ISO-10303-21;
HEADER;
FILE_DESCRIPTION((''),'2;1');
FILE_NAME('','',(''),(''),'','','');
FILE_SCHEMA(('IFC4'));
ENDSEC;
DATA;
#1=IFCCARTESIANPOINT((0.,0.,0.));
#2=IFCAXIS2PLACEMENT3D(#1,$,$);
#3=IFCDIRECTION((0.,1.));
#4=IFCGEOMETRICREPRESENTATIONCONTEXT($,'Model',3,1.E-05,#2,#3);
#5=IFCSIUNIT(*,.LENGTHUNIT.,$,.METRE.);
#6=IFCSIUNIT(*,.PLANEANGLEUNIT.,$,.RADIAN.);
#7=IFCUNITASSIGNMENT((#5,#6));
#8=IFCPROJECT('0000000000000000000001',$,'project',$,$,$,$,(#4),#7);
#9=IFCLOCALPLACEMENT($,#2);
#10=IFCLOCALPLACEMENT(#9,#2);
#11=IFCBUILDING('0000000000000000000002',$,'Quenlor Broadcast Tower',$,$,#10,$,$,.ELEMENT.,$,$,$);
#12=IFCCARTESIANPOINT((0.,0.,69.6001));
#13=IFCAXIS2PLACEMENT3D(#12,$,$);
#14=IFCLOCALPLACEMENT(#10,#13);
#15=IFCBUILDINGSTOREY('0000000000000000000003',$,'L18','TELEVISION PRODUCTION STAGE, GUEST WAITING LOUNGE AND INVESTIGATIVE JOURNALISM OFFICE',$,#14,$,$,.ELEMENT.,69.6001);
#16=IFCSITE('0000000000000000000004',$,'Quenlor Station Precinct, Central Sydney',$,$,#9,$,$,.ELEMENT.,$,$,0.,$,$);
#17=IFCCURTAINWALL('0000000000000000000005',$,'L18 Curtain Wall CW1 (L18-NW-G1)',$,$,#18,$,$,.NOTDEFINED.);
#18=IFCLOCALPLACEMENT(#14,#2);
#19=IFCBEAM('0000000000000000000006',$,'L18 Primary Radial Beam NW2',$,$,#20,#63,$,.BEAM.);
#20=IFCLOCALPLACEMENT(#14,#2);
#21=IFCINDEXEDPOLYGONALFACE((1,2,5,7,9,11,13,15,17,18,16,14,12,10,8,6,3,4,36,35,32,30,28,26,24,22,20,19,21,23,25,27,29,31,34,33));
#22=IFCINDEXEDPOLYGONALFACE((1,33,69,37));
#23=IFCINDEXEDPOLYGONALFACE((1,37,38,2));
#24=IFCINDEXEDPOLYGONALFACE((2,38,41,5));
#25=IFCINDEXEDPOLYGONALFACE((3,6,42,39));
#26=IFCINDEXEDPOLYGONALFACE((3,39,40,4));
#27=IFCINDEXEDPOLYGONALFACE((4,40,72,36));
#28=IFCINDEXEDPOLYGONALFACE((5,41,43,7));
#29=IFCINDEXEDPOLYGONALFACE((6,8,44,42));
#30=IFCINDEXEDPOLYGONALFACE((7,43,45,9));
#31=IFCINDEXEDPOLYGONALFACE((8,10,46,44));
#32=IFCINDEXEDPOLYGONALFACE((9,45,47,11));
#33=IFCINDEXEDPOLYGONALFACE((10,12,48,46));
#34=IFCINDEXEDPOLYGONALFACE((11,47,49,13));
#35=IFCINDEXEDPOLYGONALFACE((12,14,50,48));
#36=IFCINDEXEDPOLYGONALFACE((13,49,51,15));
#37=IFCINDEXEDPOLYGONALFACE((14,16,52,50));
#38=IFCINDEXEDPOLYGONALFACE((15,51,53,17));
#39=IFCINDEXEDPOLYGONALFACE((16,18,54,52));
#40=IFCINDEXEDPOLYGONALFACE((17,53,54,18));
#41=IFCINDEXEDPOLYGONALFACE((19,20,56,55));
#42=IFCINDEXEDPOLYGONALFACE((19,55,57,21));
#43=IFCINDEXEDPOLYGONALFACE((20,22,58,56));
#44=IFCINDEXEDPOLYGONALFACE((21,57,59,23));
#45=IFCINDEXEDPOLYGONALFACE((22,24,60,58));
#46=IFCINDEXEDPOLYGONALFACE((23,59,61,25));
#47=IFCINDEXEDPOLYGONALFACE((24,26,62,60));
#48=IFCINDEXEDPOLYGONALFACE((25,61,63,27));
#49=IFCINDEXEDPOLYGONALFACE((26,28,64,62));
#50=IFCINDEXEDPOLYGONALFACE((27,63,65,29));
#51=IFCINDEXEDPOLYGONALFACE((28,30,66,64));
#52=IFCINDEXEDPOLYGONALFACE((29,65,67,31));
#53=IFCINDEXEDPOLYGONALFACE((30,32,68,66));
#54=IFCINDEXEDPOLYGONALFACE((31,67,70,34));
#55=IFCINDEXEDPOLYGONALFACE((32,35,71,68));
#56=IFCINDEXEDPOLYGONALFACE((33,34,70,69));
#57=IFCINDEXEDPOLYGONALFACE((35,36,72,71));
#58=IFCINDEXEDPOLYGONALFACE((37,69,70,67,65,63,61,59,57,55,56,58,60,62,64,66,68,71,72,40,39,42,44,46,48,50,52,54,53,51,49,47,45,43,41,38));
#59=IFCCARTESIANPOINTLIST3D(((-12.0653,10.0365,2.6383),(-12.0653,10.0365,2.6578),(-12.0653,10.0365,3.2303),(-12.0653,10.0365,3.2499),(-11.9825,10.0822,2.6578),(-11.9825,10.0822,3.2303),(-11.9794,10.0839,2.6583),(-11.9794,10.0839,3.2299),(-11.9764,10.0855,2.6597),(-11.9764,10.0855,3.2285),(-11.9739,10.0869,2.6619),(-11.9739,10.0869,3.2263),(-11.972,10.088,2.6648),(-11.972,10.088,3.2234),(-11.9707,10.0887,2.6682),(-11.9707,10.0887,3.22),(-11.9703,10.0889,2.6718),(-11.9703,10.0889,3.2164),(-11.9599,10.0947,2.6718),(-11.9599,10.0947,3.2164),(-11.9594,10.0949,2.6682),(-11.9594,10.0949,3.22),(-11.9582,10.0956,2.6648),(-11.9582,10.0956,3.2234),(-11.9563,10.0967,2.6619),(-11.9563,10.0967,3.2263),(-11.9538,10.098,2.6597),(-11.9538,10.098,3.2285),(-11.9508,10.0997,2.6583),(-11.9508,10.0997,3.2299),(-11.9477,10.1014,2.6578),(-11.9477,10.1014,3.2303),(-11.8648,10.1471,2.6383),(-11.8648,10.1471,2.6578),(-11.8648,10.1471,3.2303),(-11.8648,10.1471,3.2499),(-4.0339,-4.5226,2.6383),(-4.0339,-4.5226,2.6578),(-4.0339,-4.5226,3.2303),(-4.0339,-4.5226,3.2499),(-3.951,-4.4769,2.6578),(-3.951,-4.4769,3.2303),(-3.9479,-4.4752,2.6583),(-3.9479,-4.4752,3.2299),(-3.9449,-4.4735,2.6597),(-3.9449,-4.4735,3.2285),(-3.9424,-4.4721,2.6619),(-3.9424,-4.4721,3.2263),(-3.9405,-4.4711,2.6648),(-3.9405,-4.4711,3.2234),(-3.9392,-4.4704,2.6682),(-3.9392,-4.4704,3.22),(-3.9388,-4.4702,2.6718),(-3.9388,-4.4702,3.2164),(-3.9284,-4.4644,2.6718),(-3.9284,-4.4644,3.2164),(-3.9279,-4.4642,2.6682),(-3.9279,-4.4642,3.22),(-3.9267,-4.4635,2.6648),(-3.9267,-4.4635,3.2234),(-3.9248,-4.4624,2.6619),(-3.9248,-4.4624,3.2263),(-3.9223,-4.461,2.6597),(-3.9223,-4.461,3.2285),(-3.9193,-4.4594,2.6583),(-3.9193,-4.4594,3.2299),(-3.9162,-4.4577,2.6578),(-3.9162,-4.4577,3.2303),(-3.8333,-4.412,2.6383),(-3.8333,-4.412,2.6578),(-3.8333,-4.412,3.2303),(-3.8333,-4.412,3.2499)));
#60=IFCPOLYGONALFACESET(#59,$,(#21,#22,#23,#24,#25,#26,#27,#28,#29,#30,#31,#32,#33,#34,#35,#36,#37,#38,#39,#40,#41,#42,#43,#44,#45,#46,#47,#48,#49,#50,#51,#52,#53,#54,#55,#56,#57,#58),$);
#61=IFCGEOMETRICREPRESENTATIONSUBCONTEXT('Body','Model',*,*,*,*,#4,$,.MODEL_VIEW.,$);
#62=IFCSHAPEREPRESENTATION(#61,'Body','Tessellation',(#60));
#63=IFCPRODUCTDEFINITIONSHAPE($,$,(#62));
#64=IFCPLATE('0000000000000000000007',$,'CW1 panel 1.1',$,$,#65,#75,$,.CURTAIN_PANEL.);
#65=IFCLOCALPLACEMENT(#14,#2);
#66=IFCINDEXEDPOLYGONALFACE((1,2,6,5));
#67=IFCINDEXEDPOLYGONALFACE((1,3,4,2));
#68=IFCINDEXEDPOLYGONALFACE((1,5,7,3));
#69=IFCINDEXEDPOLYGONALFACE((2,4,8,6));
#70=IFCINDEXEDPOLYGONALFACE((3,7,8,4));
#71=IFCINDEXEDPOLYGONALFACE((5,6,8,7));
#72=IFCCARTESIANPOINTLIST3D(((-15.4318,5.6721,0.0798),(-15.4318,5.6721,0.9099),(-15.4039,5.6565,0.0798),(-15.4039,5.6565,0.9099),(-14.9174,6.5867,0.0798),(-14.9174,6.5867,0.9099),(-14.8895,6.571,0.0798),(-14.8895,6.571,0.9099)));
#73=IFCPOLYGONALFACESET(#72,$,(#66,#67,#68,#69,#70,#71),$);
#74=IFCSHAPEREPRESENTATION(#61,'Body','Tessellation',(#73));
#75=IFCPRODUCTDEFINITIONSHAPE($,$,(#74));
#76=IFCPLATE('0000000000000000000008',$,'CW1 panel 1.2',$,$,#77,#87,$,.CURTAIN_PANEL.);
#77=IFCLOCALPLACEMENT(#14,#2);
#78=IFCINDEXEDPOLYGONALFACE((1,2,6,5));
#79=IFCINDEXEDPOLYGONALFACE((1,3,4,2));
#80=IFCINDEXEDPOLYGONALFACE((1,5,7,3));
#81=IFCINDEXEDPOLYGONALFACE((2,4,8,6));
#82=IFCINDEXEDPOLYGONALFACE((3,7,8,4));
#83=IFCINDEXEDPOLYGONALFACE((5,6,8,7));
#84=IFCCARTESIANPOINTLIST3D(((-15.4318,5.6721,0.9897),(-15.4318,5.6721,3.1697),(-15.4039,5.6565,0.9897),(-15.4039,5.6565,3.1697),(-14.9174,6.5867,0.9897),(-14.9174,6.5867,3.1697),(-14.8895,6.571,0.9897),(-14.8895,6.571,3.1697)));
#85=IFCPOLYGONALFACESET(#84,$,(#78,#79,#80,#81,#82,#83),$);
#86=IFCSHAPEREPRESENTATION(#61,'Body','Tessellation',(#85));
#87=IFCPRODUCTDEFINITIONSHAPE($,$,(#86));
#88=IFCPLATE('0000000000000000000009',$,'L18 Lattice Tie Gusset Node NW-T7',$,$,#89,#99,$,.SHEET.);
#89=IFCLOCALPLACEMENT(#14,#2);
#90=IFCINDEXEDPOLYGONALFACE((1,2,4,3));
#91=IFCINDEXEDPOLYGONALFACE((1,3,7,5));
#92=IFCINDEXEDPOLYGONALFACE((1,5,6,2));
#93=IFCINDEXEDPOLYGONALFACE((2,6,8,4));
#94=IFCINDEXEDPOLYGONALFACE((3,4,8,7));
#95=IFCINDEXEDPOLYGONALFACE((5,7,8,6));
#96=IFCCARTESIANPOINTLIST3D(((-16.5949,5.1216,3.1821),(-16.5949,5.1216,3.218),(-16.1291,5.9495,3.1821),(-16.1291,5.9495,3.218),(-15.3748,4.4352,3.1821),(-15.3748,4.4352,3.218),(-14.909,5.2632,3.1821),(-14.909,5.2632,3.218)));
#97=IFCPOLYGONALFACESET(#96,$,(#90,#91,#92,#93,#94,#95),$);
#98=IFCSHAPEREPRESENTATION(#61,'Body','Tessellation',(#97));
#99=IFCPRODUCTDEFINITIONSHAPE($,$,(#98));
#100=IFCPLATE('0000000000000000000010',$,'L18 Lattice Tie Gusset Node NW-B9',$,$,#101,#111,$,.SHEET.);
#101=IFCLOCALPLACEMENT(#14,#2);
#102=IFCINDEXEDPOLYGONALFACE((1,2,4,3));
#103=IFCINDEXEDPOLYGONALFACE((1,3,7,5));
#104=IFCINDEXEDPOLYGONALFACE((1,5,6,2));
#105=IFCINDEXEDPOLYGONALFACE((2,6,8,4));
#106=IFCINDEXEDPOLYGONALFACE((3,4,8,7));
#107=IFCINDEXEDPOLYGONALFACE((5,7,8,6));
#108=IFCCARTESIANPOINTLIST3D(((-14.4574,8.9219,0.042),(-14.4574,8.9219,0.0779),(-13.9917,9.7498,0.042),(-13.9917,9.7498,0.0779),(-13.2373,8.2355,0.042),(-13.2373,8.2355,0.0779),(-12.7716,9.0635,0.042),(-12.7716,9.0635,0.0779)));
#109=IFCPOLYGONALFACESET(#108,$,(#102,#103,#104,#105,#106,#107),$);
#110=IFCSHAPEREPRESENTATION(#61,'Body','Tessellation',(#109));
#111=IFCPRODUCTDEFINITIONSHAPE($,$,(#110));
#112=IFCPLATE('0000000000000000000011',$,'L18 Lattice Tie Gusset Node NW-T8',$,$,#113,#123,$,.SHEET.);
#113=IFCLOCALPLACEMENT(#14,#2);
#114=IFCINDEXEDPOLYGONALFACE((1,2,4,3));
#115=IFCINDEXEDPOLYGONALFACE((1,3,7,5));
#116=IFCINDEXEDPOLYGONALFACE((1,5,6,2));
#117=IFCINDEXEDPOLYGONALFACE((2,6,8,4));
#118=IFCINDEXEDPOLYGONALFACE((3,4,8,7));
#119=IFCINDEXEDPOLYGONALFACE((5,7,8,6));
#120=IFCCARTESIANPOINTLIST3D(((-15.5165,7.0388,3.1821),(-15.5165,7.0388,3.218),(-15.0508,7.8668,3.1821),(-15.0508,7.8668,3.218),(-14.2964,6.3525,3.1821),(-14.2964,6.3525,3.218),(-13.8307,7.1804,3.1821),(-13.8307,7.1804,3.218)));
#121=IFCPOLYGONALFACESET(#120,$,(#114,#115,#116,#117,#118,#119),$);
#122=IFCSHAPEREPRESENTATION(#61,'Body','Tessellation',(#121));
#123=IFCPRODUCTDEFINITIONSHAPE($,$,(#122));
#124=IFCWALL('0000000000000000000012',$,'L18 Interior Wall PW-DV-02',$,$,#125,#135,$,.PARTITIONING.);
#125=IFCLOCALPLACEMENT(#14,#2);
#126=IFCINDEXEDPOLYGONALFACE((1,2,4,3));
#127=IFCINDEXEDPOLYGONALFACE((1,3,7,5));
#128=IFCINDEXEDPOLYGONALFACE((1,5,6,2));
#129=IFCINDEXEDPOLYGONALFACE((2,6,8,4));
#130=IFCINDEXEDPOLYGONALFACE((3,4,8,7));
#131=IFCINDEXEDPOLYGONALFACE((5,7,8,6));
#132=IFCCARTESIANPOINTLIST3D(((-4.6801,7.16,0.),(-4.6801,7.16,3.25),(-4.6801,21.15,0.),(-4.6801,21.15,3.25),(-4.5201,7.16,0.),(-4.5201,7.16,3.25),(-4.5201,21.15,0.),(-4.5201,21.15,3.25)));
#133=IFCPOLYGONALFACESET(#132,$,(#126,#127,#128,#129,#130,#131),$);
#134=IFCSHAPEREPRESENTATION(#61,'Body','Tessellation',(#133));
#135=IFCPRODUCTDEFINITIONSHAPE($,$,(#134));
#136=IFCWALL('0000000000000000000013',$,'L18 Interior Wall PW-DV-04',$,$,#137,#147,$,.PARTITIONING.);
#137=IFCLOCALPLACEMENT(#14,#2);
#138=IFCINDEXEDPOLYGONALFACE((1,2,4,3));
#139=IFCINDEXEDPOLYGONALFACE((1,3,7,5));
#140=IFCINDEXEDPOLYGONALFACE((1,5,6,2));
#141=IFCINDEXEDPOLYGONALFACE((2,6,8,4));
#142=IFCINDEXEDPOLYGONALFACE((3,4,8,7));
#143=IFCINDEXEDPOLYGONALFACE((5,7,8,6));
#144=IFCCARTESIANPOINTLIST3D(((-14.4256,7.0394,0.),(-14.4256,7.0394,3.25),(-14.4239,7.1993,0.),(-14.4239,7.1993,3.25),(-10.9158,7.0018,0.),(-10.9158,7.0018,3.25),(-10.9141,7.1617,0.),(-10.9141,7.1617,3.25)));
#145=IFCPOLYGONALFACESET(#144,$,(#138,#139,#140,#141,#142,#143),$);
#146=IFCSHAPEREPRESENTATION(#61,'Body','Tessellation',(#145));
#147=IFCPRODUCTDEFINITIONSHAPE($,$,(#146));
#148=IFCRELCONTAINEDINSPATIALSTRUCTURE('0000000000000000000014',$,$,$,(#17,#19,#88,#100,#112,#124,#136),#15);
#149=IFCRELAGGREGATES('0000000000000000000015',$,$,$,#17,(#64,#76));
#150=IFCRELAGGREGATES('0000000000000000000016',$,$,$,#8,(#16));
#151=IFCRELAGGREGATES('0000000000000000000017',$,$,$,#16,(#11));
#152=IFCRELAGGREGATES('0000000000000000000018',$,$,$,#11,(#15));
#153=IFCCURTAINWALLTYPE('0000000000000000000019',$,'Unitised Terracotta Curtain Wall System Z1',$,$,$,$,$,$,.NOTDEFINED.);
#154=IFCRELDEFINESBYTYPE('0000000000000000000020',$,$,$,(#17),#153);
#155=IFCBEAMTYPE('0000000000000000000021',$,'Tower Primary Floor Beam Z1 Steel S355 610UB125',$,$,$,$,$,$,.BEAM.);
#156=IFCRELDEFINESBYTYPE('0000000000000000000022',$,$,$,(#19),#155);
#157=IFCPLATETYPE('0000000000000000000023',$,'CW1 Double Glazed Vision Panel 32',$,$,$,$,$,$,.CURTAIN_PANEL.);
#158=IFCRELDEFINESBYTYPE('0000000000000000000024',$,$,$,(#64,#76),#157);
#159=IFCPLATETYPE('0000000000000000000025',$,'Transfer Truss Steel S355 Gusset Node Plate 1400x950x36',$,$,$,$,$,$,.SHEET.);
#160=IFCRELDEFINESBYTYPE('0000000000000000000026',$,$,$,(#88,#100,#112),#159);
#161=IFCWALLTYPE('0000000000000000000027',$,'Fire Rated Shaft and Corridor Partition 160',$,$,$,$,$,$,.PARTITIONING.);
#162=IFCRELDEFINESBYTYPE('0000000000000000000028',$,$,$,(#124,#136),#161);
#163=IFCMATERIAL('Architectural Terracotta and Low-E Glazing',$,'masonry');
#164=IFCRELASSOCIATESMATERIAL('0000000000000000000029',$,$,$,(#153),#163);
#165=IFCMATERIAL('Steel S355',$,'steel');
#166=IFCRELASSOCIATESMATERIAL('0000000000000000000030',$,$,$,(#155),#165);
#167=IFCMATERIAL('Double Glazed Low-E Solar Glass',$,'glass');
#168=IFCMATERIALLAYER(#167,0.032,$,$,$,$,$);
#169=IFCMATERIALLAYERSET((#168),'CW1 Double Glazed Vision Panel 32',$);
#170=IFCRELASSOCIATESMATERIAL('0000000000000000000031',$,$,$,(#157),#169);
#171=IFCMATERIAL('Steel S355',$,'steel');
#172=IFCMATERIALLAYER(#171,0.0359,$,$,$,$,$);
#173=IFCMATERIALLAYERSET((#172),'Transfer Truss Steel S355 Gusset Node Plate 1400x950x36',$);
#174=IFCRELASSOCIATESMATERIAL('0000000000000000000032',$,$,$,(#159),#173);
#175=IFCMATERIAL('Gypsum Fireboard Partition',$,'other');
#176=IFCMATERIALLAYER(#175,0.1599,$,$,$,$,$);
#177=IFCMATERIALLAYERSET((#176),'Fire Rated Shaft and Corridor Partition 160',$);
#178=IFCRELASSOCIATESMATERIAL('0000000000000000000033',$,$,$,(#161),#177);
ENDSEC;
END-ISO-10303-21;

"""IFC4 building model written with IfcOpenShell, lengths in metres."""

from ifc_helpers import new_model, si_unit, direction, frame, frame_2d, origin, origin_2d, place, context, subcontext, project, spatial, rectangle, i_section, extrude, material, layer, layer_set, material_profile, profile_set, type_object, element, aggregate, save


model = new_model("IFC4")

# Units and contexts
model_context = context("Model", 3, precision=1e-05, world=origin(), true_north=direction((0.0, 1.0)))
body_context = subcontext(model_context, "Body", "Model", "MODEL_VIEW")
ifc_project = project(units=[si_unit("LENGTHUNIT", "METRE"), si_unit("PLANEANGLEUNIT", "RADIAN")], contexts=[model_context])

# Site, building, storey
site_placement = place(None, origin())
site = spatial("IfcSite", under=ifc_project, at=site_placement, Name="Quenlor Station Precinct, Central Sydney", CompositionType="ELEMENT", RefElevation=0.0)
building_placement = place(site_placement, origin())
building = spatial("IfcBuilding", under=site, at=building_placement, Name="Quenlor Broadcast Tower", CompositionType="ELEMENT")
storey_placement = place(building_placement, frame((0.0, 0.0, 69.6001)))
storey = spatial("IfcBuildingStorey", under=building, at=storey_placement, Name="L18", Description="TELEVISION PRODUCTION STAGE, GUEST WAITING LOUNGE AND INVESTIGATIVE JOURNALISM OFFICE", CompositionType="ELEMENT", Elevation=69.6001)

# Curtain wall
ifc_material_1 = material(Name="Architectural Terracotta and Low-E Glazing", Category="masonry")
curtain_wall_type = type_object("IfcCurtainWallType", Name="Unitised Terracotta Curtain Wall System Z1", PredefinedType="NOTDEFINED", material=ifc_material_1)
curtain_wall_placement = place(storey_placement, origin())
curtain_wall = element("IfcCurtainWall", 1, at=curtain_wall_placement, inside=storey, type_object=curtain_wall_type, Name="L18 Curtain Wall CW1 (L18-NW-G1)", PredefinedType="NOTDEFINED")

# Beam
ifc_material_2 = material(Name="Steel S355", Category="steel")
ifc_material_profile_1 = material_profile(ifc_material_2, i_section(OverallWidth=0.229, OverallDepth=0.6116, WebThickness=0.012, FlangeThickness=0.0195, FilletRadius=0.0139, at=origin_2d()))
ifc_profile_set_1 = profile_set([ifc_material_profile_1], Name="Steel S355 610UB125")
beam_type_1 = type_object("IfcBeamType", Name="Tower Primary Floor Beam Z1 Steel S355 610UB125", PredefinedType="BEAM", material=ifc_profile_set_1)
beam_1_placement = place(storey_placement, frame((-11.9651, 10.0918, 2.9441), z_axis=(0.483026, -0.875606, 0.0), x_axis=(0.875606, 0.483026, 0.0)))
element("IfcBeam", 2, at=beam_1_placement, inside=storey, type_object=beam_type_1, Name="L18 Primary Radial Beam NW2", PredefinedType="BEAM", context=body_context, shape_type="SweptSolid", body=[
    extrude(i_section(OverallWidth=0.229, OverallDepth=0.6116, WebThickness=0.012, FlangeThickness=0.0195, FilletRadius=0.0139, at=origin_2d()), origin(), (0.0, 0.0, 1.0), 16.6274),
])

# Plates
ifc_material_3 = material(Name="Double Glazed Low-E Solar Glass", Category="glass")
ifc_layer_1 = layer(ifc_material_3, 0.032)
ifc_layer_set_1 = layer_set([ifc_layer_1], Name="CW1 Double Glazed Vision Panel 32")
plate_type_1 = type_object("IfcPlateType", Name="CW1 Double Glazed Vision Panel 32", PredefinedType="CURTAIN_PANEL", material=ifc_layer_set_1)
plate_1_placement = place(storey_placement, frame((-15.1606, 6.1216, 0.0798), z_axis=(0.0, 0.0, 1.0), x_axis=(0.490277, 0.871567, 0.0)))
plate_1 = element("IfcPlate", 3, at=plate_1_placement, type_object=plate_type_1, Name="CW1 panel 1.1", PredefinedType="CURTAIN_PANEL", context=body_context, shape_type="SweptSolid", body=[
    extrude(rectangle(XDim=1.0493, YDim=0.032, at=origin_2d()), origin(), (0.0, 0.0, 1.0), 0.8301),
])
plate_2_placement = place(storey_placement, frame((-15.1606, 6.1216, 0.9897), z_axis=(0.0, 0.0, 1.0), x_axis=(0.490277, 0.871567, 0.0)))
plate_2 = element("IfcPlate", 4, at=plate_2_placement, type_object=plate_type_1, Name="CW1 panel 1.2", PredefinedType="CURTAIN_PANEL", context=body_context, shape_type="SweptSolid", body=[
    extrude(rectangle(XDim=1.0493, YDim=0.032, at=origin_2d()), origin(), (0.0, 0.0, 1.0), 2.1799),
])
aggregate(curtain_wall, [plate_1, plate_2])

# Plates
ifc_material_4 = material(Name="Steel S355", Category="steel")
ifc_layer_2 = layer(ifc_material_4, 0.0359)
ifc_layer_set_2 = layer_set([ifc_layer_2], Name="Transfer Truss Steel S355 Gusset Node Plate 1400x950x36")
plate_type_2 = type_object("IfcPlateType", Name="Transfer Truss Steel S355 Gusset Node Plate 1400x950x36", PredefinedType="SHEET", material=ifc_layer_set_2)
for number, where, z_axis, x_axis, name in (
    (5, (-15.752, 5.1924, 3.1821), (0.0, 0.0, 1.0), (-0.871556, 0.490295, 0.0), "L18 Lattice Tie Gusset Node NW-T7"),
    (6, (-13.6145, 8.9927, 0.042), (0.0, 0.0, 1.0), (-0.871556, 0.490295, 0.0), "L18 Lattice Tie Gusset Node NW-B9"),
    (7, (-14.6736, 7.1096, 3.1821), (0.0, 0.0, 1.0), (-0.871556, 0.490295, 0.0), "L18 Lattice Tie Gusset Node NW-T8"),
):
    element("IfcPlate", number, at=place(storey_placement, frame(where, z_axis=z_axis, x_axis=x_axis)), inside=storey, type_object=plate_type_2, Name=name, PredefinedType="SHEET", context=body_context, shape_type="SweptSolid", body=[
        extrude(rectangle(XDim=1.3999, YDim=0.95, at=origin_2d()), origin(), (0.0, 0.0, 1.0), 0.0359),
    ])

# Walls
ifc_material_5 = material(Name="Gypsum Fireboard Partition", Category="other")
ifc_layer_3 = layer(ifc_material_5, 0.1599)
ifc_layer_set_3 = layer_set([ifc_layer_3], Name="Fire Rated Shaft and Corridor Partition 160")
wall_type_1 = type_object("IfcWallType", Name="Fire Rated Shaft and Corridor Partition 160", PredefinedType="PARTITIONING", material=ifc_layer_set_3)
wall_1_placement = place(storey_placement, frame((-4.6001, 7.1599, 0.0), z_axis=(0.0, 0.0, 1.0), x_axis=(0.0, 1.0, 0.0)))
element("IfcWall", 8, at=wall_1_placement, inside=storey, type_object=wall_type_1, Name="L18 Interior Wall PW-DV-02", PredefinedType="PARTITIONING", context=body_context, shape_type="SweptSolid", body=[
    extrude(rectangle(XDim=13.99, YDim=0.1599, at=frame_2d((6.9951, 0.0))), origin(), (0.0, 0.0, 1.0), 3.25),
])
wall_2_placement = place(storey_placement, frame((-10.915, 7.0818, 0.0), z_axis=(0.0, 0.0, 1.0), x_axis=(-0.999943, 0.010712, 0.0)))
element("IfcWall", 9, at=wall_2_placement, inside=storey, type_object=wall_type_1, Name="L18 Interior Wall PW-DV-04", PredefinedType="PARTITIONING", context=body_context, shape_type="SweptSolid", body=[
    extrude(rectangle(XDim=3.51, YDim=0.1599, at=frame_2d((1.7549, 0.0))), origin(), (0.0, 0.0, 1.0), 3.25),
])

save(model, "model.ifc")
